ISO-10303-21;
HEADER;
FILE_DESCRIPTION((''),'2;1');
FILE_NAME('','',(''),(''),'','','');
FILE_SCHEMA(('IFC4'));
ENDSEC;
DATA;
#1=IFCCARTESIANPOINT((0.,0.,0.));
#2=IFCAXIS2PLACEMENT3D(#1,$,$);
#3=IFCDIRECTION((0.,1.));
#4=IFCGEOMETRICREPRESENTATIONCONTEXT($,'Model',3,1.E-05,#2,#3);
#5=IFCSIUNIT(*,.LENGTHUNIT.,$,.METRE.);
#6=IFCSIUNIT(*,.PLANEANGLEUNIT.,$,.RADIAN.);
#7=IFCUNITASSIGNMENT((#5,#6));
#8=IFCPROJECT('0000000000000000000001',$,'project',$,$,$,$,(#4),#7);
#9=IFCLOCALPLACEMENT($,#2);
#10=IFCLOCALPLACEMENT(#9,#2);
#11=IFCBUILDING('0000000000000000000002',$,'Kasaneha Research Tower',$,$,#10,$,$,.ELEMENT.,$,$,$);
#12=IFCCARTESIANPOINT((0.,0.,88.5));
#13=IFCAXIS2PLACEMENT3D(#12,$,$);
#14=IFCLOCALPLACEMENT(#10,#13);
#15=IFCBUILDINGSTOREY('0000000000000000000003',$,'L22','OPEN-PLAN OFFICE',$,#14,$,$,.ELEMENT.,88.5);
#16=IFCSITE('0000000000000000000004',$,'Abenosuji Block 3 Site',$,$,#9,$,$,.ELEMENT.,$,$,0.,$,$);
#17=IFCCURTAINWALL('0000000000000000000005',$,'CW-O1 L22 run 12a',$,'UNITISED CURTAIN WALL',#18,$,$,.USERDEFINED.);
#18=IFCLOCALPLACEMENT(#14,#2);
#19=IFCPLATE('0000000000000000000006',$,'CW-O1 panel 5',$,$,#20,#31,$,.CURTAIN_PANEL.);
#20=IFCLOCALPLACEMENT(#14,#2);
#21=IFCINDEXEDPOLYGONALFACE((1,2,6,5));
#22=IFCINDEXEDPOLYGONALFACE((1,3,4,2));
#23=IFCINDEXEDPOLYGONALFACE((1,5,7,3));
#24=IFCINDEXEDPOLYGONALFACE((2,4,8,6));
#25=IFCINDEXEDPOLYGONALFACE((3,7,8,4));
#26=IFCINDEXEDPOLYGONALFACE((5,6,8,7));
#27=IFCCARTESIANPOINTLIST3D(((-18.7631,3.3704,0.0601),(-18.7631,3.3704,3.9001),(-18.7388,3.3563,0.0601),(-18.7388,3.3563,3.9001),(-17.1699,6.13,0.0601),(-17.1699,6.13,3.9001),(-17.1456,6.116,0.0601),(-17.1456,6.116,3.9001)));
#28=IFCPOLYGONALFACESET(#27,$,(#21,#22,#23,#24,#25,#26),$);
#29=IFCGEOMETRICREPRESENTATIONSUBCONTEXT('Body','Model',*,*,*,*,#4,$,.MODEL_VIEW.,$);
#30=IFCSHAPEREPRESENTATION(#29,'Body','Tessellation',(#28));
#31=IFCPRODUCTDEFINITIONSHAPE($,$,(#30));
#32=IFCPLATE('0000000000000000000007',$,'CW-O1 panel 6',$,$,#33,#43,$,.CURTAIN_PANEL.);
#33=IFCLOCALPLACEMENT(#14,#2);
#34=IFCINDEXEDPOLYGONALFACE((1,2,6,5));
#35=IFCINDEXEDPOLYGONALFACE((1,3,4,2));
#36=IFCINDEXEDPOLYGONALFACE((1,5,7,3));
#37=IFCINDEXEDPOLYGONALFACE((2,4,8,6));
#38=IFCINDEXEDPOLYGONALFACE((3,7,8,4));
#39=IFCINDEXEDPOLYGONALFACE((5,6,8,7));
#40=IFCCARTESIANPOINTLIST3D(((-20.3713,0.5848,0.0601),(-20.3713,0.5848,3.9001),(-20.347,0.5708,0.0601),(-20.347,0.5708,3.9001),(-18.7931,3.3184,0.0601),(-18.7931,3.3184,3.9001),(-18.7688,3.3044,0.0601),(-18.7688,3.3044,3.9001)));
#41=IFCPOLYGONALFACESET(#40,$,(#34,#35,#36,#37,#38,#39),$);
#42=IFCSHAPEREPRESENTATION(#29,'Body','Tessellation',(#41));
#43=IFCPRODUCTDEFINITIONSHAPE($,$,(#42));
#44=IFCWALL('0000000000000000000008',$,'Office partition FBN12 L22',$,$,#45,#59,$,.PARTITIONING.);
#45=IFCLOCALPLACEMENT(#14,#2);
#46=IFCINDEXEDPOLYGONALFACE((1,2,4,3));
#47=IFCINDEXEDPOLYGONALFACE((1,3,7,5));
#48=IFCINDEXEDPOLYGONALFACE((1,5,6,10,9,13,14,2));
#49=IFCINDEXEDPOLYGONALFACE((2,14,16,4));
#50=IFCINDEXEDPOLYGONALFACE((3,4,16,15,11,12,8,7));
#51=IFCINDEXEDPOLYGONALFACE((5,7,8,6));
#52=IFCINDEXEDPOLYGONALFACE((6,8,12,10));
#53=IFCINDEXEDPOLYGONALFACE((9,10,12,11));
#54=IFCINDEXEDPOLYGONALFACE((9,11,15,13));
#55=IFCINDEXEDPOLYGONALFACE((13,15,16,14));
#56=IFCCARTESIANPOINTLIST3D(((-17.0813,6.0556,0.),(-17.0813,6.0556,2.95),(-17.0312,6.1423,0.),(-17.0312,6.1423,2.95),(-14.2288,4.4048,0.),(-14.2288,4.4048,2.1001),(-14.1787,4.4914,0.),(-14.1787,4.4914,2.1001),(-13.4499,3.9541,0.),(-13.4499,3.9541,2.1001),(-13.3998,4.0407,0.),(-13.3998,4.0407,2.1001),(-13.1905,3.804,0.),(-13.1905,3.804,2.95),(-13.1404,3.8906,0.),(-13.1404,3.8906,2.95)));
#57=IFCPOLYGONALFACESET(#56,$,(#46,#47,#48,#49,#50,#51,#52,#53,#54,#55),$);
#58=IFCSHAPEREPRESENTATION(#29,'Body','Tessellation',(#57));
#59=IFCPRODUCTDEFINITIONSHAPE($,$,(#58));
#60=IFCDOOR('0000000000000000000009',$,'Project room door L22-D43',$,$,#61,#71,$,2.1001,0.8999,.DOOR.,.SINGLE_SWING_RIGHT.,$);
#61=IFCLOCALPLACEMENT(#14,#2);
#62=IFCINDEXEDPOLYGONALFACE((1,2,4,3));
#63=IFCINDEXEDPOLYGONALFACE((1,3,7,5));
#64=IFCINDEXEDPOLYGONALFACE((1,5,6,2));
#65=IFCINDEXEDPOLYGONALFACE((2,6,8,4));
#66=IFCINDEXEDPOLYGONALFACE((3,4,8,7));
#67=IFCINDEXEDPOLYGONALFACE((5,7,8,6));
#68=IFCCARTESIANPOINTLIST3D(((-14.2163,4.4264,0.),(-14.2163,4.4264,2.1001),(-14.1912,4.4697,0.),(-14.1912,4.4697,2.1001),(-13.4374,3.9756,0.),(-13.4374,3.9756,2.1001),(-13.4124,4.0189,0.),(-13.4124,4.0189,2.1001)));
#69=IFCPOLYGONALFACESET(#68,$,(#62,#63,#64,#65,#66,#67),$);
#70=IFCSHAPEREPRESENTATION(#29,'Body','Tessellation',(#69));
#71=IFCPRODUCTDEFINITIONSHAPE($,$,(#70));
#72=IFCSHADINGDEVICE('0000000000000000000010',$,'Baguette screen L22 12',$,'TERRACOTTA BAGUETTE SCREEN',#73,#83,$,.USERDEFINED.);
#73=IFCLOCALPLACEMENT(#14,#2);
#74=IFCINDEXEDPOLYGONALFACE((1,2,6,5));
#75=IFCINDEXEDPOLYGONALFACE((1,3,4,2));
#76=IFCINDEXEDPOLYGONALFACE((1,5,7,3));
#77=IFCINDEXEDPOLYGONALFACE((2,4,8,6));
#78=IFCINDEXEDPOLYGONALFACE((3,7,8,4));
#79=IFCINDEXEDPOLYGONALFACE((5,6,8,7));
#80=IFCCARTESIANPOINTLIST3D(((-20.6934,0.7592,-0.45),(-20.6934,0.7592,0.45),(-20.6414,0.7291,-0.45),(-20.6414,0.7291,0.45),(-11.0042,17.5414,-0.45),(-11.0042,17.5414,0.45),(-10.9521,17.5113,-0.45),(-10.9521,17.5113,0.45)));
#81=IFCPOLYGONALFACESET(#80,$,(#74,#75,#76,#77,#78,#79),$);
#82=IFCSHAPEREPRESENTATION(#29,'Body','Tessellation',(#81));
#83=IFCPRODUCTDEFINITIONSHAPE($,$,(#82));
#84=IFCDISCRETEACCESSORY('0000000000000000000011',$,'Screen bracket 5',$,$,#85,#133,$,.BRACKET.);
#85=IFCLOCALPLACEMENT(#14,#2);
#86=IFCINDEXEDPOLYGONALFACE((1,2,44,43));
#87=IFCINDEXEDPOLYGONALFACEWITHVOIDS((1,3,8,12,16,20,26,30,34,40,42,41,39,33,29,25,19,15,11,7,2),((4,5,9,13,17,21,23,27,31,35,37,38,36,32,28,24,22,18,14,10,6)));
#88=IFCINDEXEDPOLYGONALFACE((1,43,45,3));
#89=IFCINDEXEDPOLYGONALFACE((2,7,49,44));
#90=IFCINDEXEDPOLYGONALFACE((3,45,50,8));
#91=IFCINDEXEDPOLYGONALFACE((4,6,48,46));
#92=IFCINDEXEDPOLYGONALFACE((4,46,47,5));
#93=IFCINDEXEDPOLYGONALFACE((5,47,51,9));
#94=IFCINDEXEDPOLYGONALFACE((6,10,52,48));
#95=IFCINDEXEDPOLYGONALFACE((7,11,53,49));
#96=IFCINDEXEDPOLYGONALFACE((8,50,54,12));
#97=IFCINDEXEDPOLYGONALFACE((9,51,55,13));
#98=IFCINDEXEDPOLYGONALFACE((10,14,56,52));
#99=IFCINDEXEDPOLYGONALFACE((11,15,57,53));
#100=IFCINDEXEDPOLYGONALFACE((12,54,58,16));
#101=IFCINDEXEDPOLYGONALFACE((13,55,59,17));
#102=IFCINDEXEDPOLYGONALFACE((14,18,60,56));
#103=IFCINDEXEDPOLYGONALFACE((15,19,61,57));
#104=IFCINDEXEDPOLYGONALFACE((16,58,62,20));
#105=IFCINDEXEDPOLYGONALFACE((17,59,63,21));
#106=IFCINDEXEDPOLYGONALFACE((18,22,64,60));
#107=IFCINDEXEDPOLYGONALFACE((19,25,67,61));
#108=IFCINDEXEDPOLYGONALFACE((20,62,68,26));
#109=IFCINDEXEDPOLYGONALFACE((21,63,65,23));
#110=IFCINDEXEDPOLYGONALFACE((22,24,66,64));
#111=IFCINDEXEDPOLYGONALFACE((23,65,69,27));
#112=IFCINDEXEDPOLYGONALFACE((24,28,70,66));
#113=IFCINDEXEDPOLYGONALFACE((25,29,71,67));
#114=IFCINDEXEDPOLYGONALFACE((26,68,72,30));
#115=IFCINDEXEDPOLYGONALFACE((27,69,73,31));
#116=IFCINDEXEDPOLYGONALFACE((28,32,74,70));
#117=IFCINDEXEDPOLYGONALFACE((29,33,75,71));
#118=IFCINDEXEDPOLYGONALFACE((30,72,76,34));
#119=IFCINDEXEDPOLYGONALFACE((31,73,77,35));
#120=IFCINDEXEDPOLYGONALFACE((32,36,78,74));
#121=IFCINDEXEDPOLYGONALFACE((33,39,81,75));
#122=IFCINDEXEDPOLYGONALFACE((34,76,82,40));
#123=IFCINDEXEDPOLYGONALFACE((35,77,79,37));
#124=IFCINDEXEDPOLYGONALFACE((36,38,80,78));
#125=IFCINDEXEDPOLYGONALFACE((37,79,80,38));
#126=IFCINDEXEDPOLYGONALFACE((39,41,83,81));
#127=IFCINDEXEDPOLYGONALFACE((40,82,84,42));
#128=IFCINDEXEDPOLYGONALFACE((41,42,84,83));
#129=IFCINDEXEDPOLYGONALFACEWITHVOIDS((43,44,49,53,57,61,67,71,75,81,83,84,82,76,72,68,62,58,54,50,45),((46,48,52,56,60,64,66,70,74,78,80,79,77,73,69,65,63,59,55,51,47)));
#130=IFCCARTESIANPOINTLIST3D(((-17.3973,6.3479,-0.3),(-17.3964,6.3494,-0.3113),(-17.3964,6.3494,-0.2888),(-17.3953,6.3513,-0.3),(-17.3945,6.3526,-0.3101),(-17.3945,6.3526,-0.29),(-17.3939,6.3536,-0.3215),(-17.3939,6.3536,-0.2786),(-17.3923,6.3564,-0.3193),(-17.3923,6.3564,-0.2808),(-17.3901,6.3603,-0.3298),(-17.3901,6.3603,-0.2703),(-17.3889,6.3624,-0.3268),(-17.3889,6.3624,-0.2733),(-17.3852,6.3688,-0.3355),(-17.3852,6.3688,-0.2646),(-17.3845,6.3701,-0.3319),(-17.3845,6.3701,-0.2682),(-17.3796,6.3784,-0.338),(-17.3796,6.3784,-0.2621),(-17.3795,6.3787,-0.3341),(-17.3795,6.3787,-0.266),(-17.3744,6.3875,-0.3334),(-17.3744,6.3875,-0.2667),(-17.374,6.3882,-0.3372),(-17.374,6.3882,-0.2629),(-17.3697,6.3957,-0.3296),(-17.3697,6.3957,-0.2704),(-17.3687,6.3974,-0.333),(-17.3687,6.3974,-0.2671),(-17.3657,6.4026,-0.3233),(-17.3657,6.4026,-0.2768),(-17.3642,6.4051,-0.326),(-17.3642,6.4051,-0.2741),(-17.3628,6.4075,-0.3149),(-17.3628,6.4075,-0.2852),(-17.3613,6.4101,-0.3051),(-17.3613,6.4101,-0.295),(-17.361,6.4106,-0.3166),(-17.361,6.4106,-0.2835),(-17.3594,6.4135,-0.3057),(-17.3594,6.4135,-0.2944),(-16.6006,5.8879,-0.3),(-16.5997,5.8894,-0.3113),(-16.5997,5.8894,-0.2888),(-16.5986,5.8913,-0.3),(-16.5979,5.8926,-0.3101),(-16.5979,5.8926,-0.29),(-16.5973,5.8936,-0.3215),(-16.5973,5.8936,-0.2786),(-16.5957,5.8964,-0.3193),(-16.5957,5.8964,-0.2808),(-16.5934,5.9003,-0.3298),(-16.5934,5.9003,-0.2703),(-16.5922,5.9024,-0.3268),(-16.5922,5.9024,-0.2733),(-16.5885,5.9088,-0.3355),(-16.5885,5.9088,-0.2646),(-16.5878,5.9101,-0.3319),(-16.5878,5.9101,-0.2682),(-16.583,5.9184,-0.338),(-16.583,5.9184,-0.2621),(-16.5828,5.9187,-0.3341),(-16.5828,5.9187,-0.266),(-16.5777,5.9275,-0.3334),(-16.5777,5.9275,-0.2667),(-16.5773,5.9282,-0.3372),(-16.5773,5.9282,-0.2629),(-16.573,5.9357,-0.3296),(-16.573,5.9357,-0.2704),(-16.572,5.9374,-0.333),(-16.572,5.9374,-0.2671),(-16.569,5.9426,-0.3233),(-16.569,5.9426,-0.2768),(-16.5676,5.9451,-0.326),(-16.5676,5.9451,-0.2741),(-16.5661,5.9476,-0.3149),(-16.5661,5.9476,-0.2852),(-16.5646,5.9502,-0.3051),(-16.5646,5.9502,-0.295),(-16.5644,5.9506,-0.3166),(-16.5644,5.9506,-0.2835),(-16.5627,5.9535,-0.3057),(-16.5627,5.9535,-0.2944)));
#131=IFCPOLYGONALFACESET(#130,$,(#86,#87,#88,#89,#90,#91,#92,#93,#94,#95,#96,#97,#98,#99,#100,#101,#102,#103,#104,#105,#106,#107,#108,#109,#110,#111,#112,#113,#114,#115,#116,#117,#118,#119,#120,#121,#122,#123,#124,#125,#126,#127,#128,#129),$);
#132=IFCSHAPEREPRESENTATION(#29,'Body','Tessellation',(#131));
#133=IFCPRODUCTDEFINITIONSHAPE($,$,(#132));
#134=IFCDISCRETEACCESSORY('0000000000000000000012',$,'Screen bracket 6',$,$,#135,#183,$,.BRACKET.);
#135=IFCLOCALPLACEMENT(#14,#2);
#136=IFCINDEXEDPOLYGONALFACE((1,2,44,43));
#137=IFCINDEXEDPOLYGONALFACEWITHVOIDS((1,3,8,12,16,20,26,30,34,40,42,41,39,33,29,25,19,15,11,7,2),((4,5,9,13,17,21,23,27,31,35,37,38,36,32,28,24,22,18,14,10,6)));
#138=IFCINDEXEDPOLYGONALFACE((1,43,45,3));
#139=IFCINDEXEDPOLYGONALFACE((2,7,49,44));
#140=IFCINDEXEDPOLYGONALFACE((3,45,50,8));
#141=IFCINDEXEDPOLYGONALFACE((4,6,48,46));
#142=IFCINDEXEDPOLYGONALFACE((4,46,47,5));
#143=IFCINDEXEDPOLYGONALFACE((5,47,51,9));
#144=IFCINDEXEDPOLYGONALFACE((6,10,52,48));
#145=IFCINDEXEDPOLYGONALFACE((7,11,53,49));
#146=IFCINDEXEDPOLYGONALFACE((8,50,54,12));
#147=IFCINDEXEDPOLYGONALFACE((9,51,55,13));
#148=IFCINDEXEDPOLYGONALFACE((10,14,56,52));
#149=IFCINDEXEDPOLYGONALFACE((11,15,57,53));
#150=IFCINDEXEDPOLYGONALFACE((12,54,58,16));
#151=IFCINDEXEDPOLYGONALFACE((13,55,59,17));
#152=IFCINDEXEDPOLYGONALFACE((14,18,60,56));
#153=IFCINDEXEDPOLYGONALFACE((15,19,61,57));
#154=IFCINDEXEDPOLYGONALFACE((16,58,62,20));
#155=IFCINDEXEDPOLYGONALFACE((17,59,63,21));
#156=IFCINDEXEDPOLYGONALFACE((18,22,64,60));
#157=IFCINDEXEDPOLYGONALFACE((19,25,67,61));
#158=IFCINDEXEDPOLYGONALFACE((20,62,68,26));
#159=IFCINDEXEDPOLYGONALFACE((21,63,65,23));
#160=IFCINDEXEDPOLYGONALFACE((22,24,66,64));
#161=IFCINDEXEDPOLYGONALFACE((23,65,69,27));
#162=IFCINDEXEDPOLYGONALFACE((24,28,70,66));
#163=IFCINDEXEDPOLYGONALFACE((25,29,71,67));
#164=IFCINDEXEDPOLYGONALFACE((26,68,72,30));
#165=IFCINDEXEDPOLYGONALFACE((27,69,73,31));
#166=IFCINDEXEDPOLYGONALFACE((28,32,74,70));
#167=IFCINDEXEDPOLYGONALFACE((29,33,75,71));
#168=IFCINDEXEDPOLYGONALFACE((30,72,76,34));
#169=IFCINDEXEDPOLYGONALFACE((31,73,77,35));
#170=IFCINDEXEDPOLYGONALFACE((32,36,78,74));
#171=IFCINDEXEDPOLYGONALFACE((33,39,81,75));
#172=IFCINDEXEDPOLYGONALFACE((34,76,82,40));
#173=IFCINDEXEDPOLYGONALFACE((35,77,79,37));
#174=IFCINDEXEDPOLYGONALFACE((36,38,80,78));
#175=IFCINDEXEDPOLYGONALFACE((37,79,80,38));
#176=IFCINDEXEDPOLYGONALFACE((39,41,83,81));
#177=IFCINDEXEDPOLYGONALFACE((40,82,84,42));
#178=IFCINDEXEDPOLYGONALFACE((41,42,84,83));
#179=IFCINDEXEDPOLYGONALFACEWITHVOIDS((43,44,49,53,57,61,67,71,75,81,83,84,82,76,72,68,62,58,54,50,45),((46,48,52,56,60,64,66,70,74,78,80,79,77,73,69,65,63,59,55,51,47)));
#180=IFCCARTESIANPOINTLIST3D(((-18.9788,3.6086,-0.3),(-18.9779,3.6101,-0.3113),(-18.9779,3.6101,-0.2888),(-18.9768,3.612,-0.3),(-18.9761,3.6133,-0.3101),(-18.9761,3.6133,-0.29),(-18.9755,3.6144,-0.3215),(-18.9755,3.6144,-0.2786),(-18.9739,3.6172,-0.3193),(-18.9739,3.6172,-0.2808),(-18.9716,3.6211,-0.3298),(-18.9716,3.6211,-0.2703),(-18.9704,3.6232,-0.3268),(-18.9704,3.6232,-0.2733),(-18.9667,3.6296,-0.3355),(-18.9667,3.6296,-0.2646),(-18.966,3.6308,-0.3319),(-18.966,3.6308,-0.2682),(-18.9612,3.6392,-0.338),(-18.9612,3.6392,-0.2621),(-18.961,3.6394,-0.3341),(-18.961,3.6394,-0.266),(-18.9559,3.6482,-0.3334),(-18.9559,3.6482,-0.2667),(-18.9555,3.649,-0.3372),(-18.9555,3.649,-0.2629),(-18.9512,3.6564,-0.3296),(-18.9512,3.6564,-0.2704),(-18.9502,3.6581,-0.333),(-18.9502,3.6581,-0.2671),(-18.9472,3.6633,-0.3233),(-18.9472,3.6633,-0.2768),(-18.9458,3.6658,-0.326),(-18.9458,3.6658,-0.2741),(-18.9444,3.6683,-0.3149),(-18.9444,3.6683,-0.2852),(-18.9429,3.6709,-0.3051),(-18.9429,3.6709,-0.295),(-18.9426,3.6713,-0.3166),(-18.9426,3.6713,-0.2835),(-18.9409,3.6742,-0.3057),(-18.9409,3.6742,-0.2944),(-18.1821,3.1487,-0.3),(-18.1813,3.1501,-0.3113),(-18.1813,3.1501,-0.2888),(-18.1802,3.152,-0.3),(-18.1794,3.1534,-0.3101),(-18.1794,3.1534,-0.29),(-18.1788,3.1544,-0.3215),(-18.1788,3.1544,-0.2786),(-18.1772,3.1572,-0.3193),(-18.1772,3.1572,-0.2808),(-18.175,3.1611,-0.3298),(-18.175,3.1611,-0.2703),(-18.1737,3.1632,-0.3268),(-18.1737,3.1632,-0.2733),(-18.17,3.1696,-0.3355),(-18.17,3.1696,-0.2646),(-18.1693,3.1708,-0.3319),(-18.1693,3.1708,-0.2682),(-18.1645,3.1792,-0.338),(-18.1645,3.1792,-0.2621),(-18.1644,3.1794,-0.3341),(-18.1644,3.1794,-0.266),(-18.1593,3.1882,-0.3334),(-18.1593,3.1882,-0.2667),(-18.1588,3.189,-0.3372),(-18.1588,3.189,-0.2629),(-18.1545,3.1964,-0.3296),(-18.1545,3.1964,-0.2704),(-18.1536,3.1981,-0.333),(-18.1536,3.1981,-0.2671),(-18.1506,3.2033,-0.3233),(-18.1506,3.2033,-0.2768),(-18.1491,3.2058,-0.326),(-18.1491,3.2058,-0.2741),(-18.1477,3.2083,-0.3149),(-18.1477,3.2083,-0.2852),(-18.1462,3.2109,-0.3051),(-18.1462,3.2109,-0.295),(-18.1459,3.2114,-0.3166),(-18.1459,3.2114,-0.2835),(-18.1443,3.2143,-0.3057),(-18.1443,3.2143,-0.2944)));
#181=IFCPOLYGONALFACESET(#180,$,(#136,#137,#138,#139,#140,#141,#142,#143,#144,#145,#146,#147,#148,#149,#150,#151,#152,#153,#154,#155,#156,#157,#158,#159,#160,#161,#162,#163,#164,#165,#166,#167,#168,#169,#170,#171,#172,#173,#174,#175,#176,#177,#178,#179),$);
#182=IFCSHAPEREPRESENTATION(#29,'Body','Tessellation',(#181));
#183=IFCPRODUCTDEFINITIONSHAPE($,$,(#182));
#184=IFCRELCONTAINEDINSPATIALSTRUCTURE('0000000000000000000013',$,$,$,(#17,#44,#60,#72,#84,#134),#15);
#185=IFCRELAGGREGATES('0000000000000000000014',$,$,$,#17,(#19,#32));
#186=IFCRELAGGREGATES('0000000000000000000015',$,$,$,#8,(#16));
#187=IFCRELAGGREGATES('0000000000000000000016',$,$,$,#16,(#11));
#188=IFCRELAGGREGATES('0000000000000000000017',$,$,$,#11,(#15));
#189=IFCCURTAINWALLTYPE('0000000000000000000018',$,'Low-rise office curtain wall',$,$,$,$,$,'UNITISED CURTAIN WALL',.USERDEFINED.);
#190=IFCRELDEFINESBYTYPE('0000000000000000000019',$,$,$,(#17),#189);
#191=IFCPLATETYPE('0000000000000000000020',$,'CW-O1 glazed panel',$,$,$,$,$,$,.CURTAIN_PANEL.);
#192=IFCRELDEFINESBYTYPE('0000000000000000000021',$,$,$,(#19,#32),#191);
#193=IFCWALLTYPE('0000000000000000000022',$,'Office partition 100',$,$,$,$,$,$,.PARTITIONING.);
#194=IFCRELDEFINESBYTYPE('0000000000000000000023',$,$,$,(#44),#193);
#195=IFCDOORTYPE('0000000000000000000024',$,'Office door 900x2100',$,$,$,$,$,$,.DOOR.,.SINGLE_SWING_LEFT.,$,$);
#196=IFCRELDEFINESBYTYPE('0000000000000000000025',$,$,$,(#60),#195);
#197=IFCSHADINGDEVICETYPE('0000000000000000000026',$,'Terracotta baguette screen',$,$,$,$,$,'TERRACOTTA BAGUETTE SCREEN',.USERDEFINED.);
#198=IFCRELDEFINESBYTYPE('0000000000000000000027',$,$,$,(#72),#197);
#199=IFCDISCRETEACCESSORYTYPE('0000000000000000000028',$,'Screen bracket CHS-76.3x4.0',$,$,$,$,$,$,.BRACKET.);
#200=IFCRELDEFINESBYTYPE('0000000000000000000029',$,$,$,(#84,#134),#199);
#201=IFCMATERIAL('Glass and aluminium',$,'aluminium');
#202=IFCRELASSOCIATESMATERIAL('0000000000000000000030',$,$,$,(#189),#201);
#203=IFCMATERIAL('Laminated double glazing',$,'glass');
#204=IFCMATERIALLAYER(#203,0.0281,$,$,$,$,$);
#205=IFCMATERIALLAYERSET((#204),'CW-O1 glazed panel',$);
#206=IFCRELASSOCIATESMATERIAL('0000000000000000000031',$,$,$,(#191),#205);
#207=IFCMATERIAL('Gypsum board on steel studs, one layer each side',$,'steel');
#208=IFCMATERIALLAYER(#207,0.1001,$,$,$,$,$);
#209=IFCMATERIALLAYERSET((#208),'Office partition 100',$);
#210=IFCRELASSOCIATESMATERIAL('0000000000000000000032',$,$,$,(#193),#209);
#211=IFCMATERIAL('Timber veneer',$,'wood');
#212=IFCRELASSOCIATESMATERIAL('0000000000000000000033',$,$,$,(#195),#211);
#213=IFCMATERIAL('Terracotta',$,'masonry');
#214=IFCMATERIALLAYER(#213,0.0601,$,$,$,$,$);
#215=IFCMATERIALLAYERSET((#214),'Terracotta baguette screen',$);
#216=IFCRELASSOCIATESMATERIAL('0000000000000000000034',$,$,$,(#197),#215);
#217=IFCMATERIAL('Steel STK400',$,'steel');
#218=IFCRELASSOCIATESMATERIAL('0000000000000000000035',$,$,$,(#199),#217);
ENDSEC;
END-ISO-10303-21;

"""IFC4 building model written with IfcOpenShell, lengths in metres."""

from ifc_helpers import new_model, si_unit, direction, frame, frame_2d, origin, origin_2d, place, context, subcontext, project, spatial, rectangle, hollow_circle, extrude, material, layer, layer_set, material_profile, profile_set, type_object, element, fill, aggregate, save


model = new_model("IFC4")

# Units and contexts
model_context = context("Model", 3, precision=1e-05, world=origin(), true_north=direction((0.0, 1.0)))
body_context = subcontext(model_context, "Body", "Model", "MODEL_VIEW")
ifc_project = project(units=[si_unit("LENGTHUNIT", "METRE"), si_unit("PLANEANGLEUNIT", "RADIAN")], contexts=[model_context])

# Site, building, storey
site_placement = place(None, origin())
site = spatial("IfcSite", under=ifc_project, at=site_placement, Name="Abenosuji Block 3 Site", CompositionType="ELEMENT", RefElevation=0.0)
building_placement = place(site_placement, origin())
building = spatial("IfcBuilding", under=site, at=building_placement, Name="Kasaneha Research Tower", CompositionType="ELEMENT")
storey_placement = place(building_placement, frame((0.0, 0.0, 88.5)))
storey = spatial("IfcBuildingStorey", under=building, at=storey_placement, Name="L22", Description="OPEN-PLAN OFFICE", CompositionType="ELEMENT", Elevation=88.5)

# Curtain wall
ifc_material_1 = material(Name="Glass and aluminium", Category="aluminium")
curtain_wall_type = type_object("IfcCurtainWallType", Name="Low-rise office curtain wall", ElementType="UNITISED CURTAIN WALL", PredefinedType="USERDEFINED", material=ifc_material_1)
curtain_wall_1_placement = place(storey_placement, origin())
curtain_wall_1 = element("IfcCurtainWall", 1, at=curtain_wall_1_placement, inside=storey, type_object=curtain_wall_type, Name="CW-O1 L22 run 12a", ObjectType="UNITISED CURTAIN WALL", PredefinedType="USERDEFINED")

# Plates
ifc_material_2 = material(Name="Laminated double glazing", Category="glass")
ifc_layer_1 = layer(ifc_material_2, 0.0281)
ifc_layer_set_1 = layer_set([ifc_layer_1], Name="CW-O1 glazed panel")
plate_type = type_object("IfcPlateType", Name="CW-O1 glazed panel", PredefinedType="CURTAIN_PANEL", material=ifc_layer_set_1)
plate_1_placement = place(storey_placement, frame((-17.9543, 4.7432, 0.0601), z_axis=(0.0, 0.0, 1.0), x_axis=(-0.5, -0.866025, 0.0)))
plate_1 = element("IfcPlate", 2, at=plate_1_placement, type_object=plate_type, Name="CW-O1 panel 5", PredefinedType="CURTAIN_PANEL", context=body_context, shape_type="SweptSolid", body=[
    extrude(rectangle(XDim=3.1865, YDim=0.0281, at=origin_2d()), origin(), (0.0, 0.0, 1.0), 3.8401),
])
plate_2_placement = place(storey_placement, frame((-19.5701, 1.9446, 0.0601), z_axis=(0.0, 0.0, 1.0), x_axis=(-0.5, -0.866025, 0.0)))
plate_2 = element("IfcPlate", 3, at=plate_2_placement, type_object=plate_type, Name="CW-O1 panel 6", PredefinedType="CURTAIN_PANEL", context=body_context, shape_type="SweptSolid", body=[
    extrude(rectangle(XDim=3.1565, YDim=0.0281, at=origin_2d()), origin(), (0.0, 0.0, 1.0), 3.8401),
])
aggregate(curtain_wall_1, [plate_1, plate_2])

# Wall, opening, door
ifc_material_3 = material(Name="Gypsum board on steel studs, one layer each side", Category="steel")
ifc_layer_2 = layer(ifc_material_3, 0.1001)
ifc_layer_set_2 = layer_set([ifc_layer_2], Name="Office partition 100")
wall_type = type_object("IfcWallType", Name="Office partition 100", PredefinedType="PARTITIONING", material=ifc_layer_set_2)
wall_placement = place(storey_placement, frame((-17.0562, 6.0989, 0.0), z_axis=(0.0, 0.0, 1.0), x_axis=(0.865513, -0.500886, 0.0)))
wall = element("IfcWall", 4, at=wall_placement, inside=storey, type_object=wall_type, Name="Office partition FBN12 L22", PredefinedType="PARTITIONING", context=body_context, shape_type="SweptSolid", body=[
    extrude(rectangle(XDim=4.4954, YDim=0.1001, at=frame_2d((2.2476, 0.0))), origin(), (0.0, 0.0, 1.0), 2.95),
])
opening_placement = place(wall_placement, frame((3.2957, 0.0, 0.0)))
opening = element("IfcOpeningElement", 5, at=opening_placement, cuts=wall, PredefinedType="OPENING", context=body_context, shape_type="SweptSolid", body=[
    extrude(rectangle(XDim=0.8999, YDim=2.1001, at=frame_2d((0.45, 1.05))), frame((0.0, 0.0601, 0.0), z_axis=(0.0, -1.0, 0.0), x_axis=(1.0, 0.0, 0.0)), (0.0, 0.0, 1.0), 0.1201),
])
ifc_material_4 = material(Name="Timber veneer", Category="wood")
door_type = type_object("IfcDoorType", Name="Office door 900x2100", OperationType="SINGLE_SWING_LEFT", PredefinedType="DOOR", material=ifc_material_4)
door_placement = place(opening_placement, origin())
door = element("IfcDoor", 6, at=door_placement, inside=storey, type_object=door_type, Name="Project room door L22-D43", OperationType="SINGLE_SWING_RIGHT", OverallHeight=2.1001, OverallWidth=0.8999, PredefinedType="DOOR", context=body_context, shape_type="SweptSolid", body=[
    extrude(rectangle(XDim=0.8999, YDim=2.1001, at=frame_2d((0.45, 1.05))), frame((0.0, 0.0249, 0.0), z_axis=(0.0, -1.0, 0.0), x_axis=(1.0, 0.0, 0.0)), (0.0, 0.0, 1.0), 0.05),
])
fill(opening, door)

# Shading device
ifc_material_5 = material(Name="Terracotta", Category="masonry")
ifc_layer_3 = layer(ifc_material_5, 0.0601)
ifc_layer_set_3 = layer_set([ifc_layer_3], Name="Terracotta baguette screen")
shading_device_type = type_object("IfcShadingDeviceType", Name="Terracotta baguette screen", ElementType="TERRACOTTA BAGUETTE SCREEN", PredefinedType="USERDEFINED", material=ifc_layer_set_3)
shading_device_placement = place(storey_placement, frame((-15.8228, 9.1353, -0.45), z_axis=(0.0, 0.0, 1.0), x_axis=(-0.5, -0.866025, 0.0)))
element("IfcShadingDevice", 7, at=shading_device_placement, inside=storey, type_object=shading_device_type, Name="Baguette screen L22 12", ObjectType="TERRACOTTA BAGUETTE SCREEN", PredefinedType="USERDEFINED", context=body_context, shape_type="SweptSolid", body=[
    extrude(rectangle(XDim=19.3784, YDim=0.0601, at=origin_2d()), origin(), (0.0, 0.0, 1.0), 0.8999),
])

# Discrete accessories
ifc_material_6 = material(Name="Steel STK400", Category="steel")
ifc_material_profile_1 = material_profile(ifc_material_6, hollow_circle(Radius=0.0381, WallThickness=0.0039, at=origin_2d()), Name="CHS-76.3x4.0")
ifc_profile_set_1 = profile_set([ifc_material_profile_1], Name="Steel STK400")
discrete_accessory_type = type_object("IfcDiscreteAccessoryType", Name="Screen bracket CHS-76.3x4.0", PredefinedType="BRACKET", material=ifc_profile_set_1)
for number, where, z_axis, x_axis, name in (
    (8, (-16.5815, 5.9209, -0.3), (-0.866013, 0.500021, 0.0), (-0.500021, -0.866013, 0.0), "Screen bracket 5"),
    (9, (-18.1631, 3.1816, -0.3), (-0.866013, 0.500021, 0.0), (-0.500021, -0.866013, 0.0), "Screen bracket 6"),
):
    element("IfcDiscreteAccessory", number, at=place(storey_placement, frame(where, z_axis=z_axis, x_axis=x_axis)), inside=storey, type_object=discrete_accessory_type, Name=name, PredefinedType="BRACKET", context=body_context, shape_type="SweptSolid", body=[
        extrude(hollow_circle(Radius=0.0381, WallThickness=0.0039, at=origin_2d()), origin(), (0.0, 0.0, 1.0), 0.9199),
    ])

save(model, "model.ifc")
